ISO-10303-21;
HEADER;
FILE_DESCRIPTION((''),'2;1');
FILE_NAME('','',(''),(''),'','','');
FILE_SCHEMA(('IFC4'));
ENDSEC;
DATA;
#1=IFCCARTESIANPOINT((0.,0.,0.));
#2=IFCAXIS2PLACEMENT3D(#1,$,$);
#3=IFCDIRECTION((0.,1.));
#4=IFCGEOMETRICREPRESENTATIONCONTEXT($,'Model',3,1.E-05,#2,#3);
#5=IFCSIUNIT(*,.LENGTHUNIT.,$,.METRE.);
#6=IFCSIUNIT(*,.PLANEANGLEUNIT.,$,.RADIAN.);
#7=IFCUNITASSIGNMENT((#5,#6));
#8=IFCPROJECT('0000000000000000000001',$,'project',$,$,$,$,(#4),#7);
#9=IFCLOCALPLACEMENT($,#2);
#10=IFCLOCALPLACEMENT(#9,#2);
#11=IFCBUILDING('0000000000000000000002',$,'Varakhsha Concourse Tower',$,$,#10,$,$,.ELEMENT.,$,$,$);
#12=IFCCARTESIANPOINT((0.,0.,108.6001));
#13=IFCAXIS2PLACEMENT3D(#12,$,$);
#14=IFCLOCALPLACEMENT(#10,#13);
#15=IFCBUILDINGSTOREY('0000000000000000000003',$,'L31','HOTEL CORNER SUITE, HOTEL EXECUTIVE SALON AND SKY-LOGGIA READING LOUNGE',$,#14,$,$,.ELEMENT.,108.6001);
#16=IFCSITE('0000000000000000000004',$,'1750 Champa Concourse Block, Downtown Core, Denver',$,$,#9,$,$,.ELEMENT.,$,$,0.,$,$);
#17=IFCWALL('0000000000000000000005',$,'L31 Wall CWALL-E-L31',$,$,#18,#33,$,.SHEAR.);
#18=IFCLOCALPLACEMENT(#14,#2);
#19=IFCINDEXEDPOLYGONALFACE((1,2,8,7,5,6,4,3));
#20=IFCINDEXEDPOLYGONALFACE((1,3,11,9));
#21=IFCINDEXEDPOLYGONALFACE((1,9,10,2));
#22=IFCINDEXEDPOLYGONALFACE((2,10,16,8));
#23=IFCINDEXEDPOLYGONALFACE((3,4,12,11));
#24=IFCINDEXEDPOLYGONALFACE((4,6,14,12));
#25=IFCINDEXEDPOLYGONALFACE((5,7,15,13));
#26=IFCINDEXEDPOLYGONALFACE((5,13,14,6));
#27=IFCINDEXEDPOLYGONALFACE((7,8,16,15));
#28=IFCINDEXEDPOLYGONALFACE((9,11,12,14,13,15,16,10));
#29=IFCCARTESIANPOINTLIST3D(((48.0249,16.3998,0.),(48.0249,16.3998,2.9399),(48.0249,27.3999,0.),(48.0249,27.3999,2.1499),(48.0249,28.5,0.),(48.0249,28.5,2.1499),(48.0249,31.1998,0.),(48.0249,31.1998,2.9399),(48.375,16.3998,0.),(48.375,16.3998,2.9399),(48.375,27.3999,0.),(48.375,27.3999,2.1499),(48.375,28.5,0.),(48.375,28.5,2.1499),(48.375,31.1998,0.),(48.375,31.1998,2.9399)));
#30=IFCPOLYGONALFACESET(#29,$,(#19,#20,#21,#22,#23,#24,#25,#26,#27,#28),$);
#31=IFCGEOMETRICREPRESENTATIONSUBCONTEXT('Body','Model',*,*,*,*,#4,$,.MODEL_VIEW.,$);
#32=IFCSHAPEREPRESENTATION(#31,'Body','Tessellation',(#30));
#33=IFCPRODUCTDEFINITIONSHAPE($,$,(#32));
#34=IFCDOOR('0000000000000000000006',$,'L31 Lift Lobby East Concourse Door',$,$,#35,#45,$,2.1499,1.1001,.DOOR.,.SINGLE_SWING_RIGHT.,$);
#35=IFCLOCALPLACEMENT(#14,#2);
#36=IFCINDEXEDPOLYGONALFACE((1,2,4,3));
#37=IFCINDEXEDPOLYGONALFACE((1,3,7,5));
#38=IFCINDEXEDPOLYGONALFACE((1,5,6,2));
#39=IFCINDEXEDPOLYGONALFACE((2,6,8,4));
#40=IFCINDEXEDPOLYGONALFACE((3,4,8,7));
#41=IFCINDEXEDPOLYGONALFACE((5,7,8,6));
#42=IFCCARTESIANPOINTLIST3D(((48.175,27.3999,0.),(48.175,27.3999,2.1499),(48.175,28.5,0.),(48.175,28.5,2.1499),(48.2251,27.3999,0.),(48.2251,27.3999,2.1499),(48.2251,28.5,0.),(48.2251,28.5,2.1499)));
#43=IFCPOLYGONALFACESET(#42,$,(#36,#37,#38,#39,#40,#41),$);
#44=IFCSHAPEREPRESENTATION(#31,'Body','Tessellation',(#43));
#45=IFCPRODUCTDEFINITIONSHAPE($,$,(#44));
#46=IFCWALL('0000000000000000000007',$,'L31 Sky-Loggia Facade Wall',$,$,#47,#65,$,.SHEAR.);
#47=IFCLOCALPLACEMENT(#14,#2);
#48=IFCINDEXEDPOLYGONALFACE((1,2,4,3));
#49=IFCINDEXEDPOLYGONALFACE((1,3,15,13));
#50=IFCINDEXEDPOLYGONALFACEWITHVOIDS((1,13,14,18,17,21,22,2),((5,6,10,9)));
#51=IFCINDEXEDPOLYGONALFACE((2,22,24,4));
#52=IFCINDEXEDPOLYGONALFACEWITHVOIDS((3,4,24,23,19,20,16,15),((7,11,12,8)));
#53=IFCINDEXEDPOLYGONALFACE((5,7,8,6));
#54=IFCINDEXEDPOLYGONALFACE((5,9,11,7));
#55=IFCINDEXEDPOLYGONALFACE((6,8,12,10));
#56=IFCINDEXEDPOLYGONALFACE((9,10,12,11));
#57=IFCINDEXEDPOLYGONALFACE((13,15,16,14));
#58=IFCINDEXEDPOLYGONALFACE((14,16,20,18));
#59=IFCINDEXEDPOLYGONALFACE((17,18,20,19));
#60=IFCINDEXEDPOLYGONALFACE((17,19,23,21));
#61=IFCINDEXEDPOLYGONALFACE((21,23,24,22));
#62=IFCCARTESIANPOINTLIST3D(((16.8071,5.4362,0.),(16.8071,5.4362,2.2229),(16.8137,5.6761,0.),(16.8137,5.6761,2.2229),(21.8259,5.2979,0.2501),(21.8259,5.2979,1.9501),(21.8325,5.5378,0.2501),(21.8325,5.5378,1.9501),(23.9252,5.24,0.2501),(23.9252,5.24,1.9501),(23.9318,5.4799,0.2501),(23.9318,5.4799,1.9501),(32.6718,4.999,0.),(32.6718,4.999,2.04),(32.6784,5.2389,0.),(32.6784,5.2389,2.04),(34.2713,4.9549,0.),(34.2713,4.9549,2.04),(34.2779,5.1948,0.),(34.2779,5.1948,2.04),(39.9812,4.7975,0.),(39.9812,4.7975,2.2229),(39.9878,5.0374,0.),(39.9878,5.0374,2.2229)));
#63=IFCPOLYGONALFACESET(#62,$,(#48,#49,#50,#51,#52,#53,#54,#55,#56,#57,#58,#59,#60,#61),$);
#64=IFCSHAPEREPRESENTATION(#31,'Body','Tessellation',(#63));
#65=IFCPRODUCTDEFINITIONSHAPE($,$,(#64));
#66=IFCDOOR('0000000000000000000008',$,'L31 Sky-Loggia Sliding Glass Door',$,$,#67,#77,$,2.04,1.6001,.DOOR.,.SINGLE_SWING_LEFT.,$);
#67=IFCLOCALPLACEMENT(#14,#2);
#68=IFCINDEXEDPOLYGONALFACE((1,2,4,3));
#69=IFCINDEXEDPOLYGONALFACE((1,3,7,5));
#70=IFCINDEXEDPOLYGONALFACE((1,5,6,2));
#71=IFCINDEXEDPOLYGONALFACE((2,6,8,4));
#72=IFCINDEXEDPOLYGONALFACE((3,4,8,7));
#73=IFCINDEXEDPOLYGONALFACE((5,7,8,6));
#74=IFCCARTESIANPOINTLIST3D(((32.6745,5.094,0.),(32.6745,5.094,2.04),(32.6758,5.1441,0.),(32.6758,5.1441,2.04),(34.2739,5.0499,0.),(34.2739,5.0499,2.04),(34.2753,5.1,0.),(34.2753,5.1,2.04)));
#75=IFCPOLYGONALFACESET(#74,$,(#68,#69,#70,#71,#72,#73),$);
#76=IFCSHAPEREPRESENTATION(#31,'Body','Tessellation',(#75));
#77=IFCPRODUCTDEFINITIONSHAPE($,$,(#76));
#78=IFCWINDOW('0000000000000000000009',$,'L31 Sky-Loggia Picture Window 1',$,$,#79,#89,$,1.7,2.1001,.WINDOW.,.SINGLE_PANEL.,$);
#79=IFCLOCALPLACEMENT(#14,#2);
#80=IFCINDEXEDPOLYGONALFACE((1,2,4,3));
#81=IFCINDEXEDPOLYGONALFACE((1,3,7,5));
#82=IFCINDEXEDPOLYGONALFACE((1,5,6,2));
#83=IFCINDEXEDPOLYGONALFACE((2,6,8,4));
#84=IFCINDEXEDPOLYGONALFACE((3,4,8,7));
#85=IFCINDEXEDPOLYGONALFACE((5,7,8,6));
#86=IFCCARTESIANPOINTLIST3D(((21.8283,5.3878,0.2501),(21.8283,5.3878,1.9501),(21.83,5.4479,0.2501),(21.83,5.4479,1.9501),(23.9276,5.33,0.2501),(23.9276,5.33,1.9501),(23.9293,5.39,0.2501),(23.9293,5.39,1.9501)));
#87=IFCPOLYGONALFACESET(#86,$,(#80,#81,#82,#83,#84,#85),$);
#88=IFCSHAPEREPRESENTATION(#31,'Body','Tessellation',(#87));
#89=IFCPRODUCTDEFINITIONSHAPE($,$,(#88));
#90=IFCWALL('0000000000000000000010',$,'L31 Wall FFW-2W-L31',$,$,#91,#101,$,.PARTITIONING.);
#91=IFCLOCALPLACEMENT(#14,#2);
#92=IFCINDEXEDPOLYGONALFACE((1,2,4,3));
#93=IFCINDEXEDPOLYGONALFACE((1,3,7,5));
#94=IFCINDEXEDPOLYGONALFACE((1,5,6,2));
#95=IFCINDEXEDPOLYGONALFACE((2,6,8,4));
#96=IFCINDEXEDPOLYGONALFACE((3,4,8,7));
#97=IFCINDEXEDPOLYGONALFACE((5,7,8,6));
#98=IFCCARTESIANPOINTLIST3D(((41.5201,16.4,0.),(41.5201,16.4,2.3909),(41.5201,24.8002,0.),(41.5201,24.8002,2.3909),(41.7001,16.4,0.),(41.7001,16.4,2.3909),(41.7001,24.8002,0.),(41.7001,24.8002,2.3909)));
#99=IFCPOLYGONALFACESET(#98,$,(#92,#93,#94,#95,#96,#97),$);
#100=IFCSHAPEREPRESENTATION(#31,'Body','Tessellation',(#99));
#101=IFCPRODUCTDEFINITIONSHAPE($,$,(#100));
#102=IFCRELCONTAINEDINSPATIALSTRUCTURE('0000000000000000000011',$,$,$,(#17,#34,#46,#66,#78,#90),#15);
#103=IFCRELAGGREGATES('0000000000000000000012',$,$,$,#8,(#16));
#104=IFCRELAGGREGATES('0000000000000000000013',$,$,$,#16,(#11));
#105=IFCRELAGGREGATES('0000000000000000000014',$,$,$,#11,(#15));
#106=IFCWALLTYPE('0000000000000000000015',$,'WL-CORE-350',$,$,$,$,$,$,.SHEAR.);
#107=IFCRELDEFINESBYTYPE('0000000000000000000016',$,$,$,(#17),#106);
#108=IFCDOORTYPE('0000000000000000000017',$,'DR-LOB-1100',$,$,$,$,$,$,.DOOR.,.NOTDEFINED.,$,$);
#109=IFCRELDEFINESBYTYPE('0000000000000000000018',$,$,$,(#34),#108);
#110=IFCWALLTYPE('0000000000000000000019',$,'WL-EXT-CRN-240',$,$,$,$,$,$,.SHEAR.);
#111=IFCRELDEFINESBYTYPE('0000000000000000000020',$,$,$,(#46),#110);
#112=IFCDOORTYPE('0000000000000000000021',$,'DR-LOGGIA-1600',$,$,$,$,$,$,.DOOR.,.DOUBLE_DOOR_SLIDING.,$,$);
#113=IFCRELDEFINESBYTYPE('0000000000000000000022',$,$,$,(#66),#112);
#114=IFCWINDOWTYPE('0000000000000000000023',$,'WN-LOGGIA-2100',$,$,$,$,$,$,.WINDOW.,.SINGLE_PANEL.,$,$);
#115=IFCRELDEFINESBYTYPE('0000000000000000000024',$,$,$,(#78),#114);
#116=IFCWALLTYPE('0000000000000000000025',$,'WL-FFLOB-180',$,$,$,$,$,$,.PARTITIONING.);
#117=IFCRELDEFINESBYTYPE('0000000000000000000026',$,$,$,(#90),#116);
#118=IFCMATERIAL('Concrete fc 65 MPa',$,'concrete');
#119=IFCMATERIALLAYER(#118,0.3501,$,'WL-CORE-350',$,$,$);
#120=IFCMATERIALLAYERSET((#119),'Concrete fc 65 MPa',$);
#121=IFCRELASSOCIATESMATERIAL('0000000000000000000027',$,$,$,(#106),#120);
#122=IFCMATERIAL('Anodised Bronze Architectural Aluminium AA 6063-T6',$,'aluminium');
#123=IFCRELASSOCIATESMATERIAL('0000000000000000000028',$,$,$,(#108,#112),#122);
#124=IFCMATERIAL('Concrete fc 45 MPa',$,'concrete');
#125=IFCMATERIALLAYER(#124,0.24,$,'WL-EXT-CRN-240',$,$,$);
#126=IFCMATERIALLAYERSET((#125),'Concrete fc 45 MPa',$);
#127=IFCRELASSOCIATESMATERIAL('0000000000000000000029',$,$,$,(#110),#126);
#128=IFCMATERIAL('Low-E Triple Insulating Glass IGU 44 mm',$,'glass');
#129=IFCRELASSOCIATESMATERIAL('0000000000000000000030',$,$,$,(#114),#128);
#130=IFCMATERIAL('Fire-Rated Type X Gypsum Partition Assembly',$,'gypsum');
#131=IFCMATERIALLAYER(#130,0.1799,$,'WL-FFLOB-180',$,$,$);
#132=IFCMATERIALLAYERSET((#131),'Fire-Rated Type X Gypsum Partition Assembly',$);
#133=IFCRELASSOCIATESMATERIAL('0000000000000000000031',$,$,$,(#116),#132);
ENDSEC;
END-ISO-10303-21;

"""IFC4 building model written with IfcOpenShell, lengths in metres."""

from ifc_helpers import new_model, si_unit, direction, frame, frame_2d, origin, place, context, subcontext, project, spatial, rectangle, extrude, material, layer, layer_set, type_object, element, fill, save


model = new_model("IFC4")

# Units and contexts
model_context = context("Model", 3, precision=1e-05, world=origin(), true_north=direction((0.0, 1.0)))
body_context = subcontext(model_context, "Body", "Model", "MODEL_VIEW")
ifc_project = project(units=[si_unit("LENGTHUNIT", "METRE"), si_unit("PLANEANGLEUNIT", "RADIAN")], contexts=[model_context])

# Site, building, storey
site_placement = place(None, origin())
site = spatial("IfcSite", under=ifc_project, at=site_placement, Name="1750 Champa Concourse Block, Downtown Core, Denver", CompositionType="ELEMENT", RefElevation=0.0)
building_placement = place(site_placement, origin())
building = spatial("IfcBuilding", under=site, at=building_placement, Name="Varakhsha Concourse Tower", CompositionType="ELEMENT")
storey_placement = place(building_placement, frame((0.0, 0.0, 108.6001)))
storey = spatial("IfcBuildingStorey", under=building, at=storey_placement, Name="L31", Description="HOTEL CORNER SUITE, HOTEL EXECUTIVE SALON AND SKY-LOGGIA READING LOUNGE", CompositionType="ELEMENT", Elevation=108.6001)

# Shared definitions
ifc_material_1 = material(Name="Anodised Bronze Architectural Aluminium AA 6063-T6", Category="aluminium")
ifc_material_2 = material(Name="Low-E Triple Insulating Glass IGU 44 mm", Category="glass")

# Wall, opening, door
ifc_material_3 = material(Name="Concrete fc 65 MPa", Category="concrete")
ifc_layer_1 = layer(ifc_material_3, 0.3501, Name="WL-CORE-350")
ifc_layer_set_1 = layer_set([ifc_layer_1], Name="Concrete fc 65 MPa")
wall_type_1 = type_object("IfcWallType", Name="WL-CORE-350", PredefinedType="SHEAR", material=ifc_layer_set_1)
wall_1_placement = place(storey_placement, frame((48.2, 16.3999, 0.0), z_axis=(0.0, 0.0, 1.0), x_axis=(0.0, 1.0, 0.0)))
wall_1 = element("IfcWall", 1, at=wall_1_placement, inside=storey, type_object=wall_type_1, Name="L31 Wall CWALL-E-L31", PredefinedType="SHEAR", context=body_context, shape_type="SweptSolid", body=[
    extrude(rectangle(XDim=14.8, YDim=0.3501, at=frame_2d((7.3999, 0.0))), origin(), (0.0, 0.0, 1.0), 2.9399),
])
opening_1_placement = place(wall_1_placement, frame((11.0, 0.0, 0.0)))
opening_1 = element("IfcOpeningElement", 2, at=opening_1_placement, cuts=wall_1, PredefinedType="OPENING", context=body_context, shape_type="SweptSolid", body=[
    extrude(rectangle(XDim=1.1001, YDim=2.1499, at=frame_2d((0.55, 1.075))), frame((0.0, 0.1851, 0.0), z_axis=(0.0, -1.0, 0.0), x_axis=(1.0, 0.0, 0.0)), (0.0, 0.0, 1.0), 0.3701),
])
door_type_1 = type_object("IfcDoorType", Name="DR-LOB-1100", OperationType="NOTDEFINED", PredefinedType="DOOR", material=ifc_material_1)
door_1_placement = place(opening_1_placement, origin())
door_1 = element("IfcDoor", 3, at=door_1_placement, inside=storey, type_object=door_type_1, Name="L31 Lift Lobby East Concourse Door", OperationType="SINGLE_SWING_RIGHT", OverallHeight=2.1499, OverallWidth=1.1001, PredefinedType="DOOR", context=body_context, shape_type="SweptSolid", body=[
    extrude(rectangle(XDim=1.1001, YDim=2.1499, at=frame_2d((0.55, 1.075))), frame((0.0, 0.0249, 0.0), z_axis=(0.0, -1.0, 0.0), x_axis=(1.0, 0.0, 0.0)), (0.0, 0.0, 1.0), 0.05),
])
fill(opening_1, door_1)

# Wall, openings, door, window
ifc_material_4 = material(Name="Concrete fc 45 MPa", Category="concrete")
ifc_layer_2 = layer(ifc_material_4, 0.24, Name="WL-EXT-CRN-240")
ifc_layer_set_2 = layer_set([ifc_layer_2], Name="Concrete fc 45 MPa")
wall_type_2 = type_object("IfcWallType", Name="WL-EXT-CRN-240", PredefinedType="SHEAR", material=ifc_layer_set_2)
wall_2_placement = place(storey_placement, frame((39.9844, 4.9175, 0.0), z_axis=(0.0, 0.0, 1.0), x_axis=(-0.99962, 0.027549, 0.0)))
wall_2 = element("IfcWall", 4, at=wall_2_placement, inside=storey, type_object=wall_type_2, Name="L31 Sky-Loggia Facade Wall", PredefinedType="SHEAR", context=body_context, shape_type="SweptSolid", body=[
    extrude(rectangle(XDim=23.1829, YDim=0.24, at=frame_2d((11.5913, 0.0))), origin(), (0.0, 0.0, 1.0), 2.2229),
])
opening_2_placement = place(wall_2_placement, frame((5.7119, 0.0, 0.0)))
opening_2 = element("IfcOpeningElement", 5, at=opening_2_placement, cuts=wall_2, PredefinedType="OPENING", context=body_context, shape_type="SweptSolid", body=[
    extrude(rectangle(XDim=1.6001, YDim=2.04, at=frame_2d((0.8, 1.02))), frame((0.0, 0.1299, 0.0), z_axis=(0.0, -1.0, 0.0), x_axis=(1.0, 0.0, 0.0)), (0.0, 0.0, 1.0), 0.26),
])
opening_3_placement = place(wall_2_placement, frame((16.062, 0.0, 0.25)))
opening_3 = element("IfcOpeningElement", 6, at=opening_3_placement, cuts=wall_2, PredefinedType="OPENING", context=body_context, shape_type="SweptSolid", body=[
    extrude(rectangle(XDim=2.1001, YDim=1.7, at=frame_2d((1.05, 0.8501))), frame((0.0, 0.1299, 0.0), z_axis=(0.0, -1.0, 0.0), x_axis=(1.0, 0.0, 0.0)), (0.0, 0.0, 1.0), 0.26),
])
door_type_2 = type_object("IfcDoorType", Name="DR-LOGGIA-1600", OperationType="DOUBLE_DOOR_SLIDING", PredefinedType="DOOR", material=ifc_material_1)
door_2_placement = place(opening_2_placement, origin())
door_2 = element("IfcDoor", 7, at=door_2_placement, inside=storey, type_object=door_type_2, Name="L31 Sky-Loggia Sliding Glass Door", OperationType="SINGLE_SWING_LEFT", OverallHeight=2.04, OverallWidth=1.6001, PredefinedType="DOOR", context=body_context, shape_type="SweptSolid", body=[
    extrude(rectangle(XDim=1.6001, YDim=2.04, at=frame_2d((0.8, 1.02))), frame((0.0, 0.0249, 0.0), z_axis=(0.0, -1.0, 0.0), x_axis=(1.0, 0.0, 0.0)), (0.0, 0.0, 1.0), 0.05),
])
fill(opening_2, door_2)
window_type = type_object("IfcWindowType", Name="WN-LOGGIA-2100", PartitioningType="SINGLE_PANEL", PredefinedType="WINDOW", material=ifc_material_2)
window_placement = place(opening_3_placement, origin())
window = element("IfcWindow", 8, at=window_placement, inside=storey, type_object=window_type, Name="L31 Sky-Loggia Picture Window 1", OverallHeight=1.7, OverallWidth=2.1001, PartitioningType="SINGLE_PANEL", PredefinedType="WINDOW", context=body_context, shape_type="SweptSolid", body=[
    extrude(rectangle(XDim=2.1001, YDim=1.7, at=frame_2d((1.05, 0.8501))), frame((0.0, 0.03, 0.0), z_axis=(0.0, -1.0, 0.0), x_axis=(1.0, 0.0, 0.0)), (0.0, 0.0, 1.0), 0.0601),
])
fill(opening_3, window)

# Wall
ifc_material_5 = material(Name="Fire-Rated Type X Gypsum Partition Assembly", Category="gypsum")
ifc_layer_3 = layer(ifc_material_5, 0.1799, Name="WL-FFLOB-180")
ifc_layer_set_3 = layer_set([ifc_layer_3], Name="Fire-Rated Type X Gypsum Partition Assembly")
wall_type_3 = type_object("IfcWallType", Name="WL-FFLOB-180", PredefinedType="PARTITIONING", material=ifc_layer_set_3)
wall_3_placement = place(storey_placement, frame((41.6101, 16.3999, 0.0), z_axis=(0.0, 0.0, 1.0), x_axis=(0.0, 1.0, 0.0)))
element("IfcWall", 9, at=wall_3_placement, inside=storey, type_object=wall_type_3, Name="L31 Wall FFW-2W-L31", PredefinedType="PARTITIONING", context=body_context, shape_type="SweptSolid", body=[
    extrude(rectangle(XDim=8.4001, YDim=0.1799, at=frame_2d((4.2002, 0.0))), origin(), (0.0, 0.0, 1.0), 2.3909),
])

save(model, "model.ifc")
